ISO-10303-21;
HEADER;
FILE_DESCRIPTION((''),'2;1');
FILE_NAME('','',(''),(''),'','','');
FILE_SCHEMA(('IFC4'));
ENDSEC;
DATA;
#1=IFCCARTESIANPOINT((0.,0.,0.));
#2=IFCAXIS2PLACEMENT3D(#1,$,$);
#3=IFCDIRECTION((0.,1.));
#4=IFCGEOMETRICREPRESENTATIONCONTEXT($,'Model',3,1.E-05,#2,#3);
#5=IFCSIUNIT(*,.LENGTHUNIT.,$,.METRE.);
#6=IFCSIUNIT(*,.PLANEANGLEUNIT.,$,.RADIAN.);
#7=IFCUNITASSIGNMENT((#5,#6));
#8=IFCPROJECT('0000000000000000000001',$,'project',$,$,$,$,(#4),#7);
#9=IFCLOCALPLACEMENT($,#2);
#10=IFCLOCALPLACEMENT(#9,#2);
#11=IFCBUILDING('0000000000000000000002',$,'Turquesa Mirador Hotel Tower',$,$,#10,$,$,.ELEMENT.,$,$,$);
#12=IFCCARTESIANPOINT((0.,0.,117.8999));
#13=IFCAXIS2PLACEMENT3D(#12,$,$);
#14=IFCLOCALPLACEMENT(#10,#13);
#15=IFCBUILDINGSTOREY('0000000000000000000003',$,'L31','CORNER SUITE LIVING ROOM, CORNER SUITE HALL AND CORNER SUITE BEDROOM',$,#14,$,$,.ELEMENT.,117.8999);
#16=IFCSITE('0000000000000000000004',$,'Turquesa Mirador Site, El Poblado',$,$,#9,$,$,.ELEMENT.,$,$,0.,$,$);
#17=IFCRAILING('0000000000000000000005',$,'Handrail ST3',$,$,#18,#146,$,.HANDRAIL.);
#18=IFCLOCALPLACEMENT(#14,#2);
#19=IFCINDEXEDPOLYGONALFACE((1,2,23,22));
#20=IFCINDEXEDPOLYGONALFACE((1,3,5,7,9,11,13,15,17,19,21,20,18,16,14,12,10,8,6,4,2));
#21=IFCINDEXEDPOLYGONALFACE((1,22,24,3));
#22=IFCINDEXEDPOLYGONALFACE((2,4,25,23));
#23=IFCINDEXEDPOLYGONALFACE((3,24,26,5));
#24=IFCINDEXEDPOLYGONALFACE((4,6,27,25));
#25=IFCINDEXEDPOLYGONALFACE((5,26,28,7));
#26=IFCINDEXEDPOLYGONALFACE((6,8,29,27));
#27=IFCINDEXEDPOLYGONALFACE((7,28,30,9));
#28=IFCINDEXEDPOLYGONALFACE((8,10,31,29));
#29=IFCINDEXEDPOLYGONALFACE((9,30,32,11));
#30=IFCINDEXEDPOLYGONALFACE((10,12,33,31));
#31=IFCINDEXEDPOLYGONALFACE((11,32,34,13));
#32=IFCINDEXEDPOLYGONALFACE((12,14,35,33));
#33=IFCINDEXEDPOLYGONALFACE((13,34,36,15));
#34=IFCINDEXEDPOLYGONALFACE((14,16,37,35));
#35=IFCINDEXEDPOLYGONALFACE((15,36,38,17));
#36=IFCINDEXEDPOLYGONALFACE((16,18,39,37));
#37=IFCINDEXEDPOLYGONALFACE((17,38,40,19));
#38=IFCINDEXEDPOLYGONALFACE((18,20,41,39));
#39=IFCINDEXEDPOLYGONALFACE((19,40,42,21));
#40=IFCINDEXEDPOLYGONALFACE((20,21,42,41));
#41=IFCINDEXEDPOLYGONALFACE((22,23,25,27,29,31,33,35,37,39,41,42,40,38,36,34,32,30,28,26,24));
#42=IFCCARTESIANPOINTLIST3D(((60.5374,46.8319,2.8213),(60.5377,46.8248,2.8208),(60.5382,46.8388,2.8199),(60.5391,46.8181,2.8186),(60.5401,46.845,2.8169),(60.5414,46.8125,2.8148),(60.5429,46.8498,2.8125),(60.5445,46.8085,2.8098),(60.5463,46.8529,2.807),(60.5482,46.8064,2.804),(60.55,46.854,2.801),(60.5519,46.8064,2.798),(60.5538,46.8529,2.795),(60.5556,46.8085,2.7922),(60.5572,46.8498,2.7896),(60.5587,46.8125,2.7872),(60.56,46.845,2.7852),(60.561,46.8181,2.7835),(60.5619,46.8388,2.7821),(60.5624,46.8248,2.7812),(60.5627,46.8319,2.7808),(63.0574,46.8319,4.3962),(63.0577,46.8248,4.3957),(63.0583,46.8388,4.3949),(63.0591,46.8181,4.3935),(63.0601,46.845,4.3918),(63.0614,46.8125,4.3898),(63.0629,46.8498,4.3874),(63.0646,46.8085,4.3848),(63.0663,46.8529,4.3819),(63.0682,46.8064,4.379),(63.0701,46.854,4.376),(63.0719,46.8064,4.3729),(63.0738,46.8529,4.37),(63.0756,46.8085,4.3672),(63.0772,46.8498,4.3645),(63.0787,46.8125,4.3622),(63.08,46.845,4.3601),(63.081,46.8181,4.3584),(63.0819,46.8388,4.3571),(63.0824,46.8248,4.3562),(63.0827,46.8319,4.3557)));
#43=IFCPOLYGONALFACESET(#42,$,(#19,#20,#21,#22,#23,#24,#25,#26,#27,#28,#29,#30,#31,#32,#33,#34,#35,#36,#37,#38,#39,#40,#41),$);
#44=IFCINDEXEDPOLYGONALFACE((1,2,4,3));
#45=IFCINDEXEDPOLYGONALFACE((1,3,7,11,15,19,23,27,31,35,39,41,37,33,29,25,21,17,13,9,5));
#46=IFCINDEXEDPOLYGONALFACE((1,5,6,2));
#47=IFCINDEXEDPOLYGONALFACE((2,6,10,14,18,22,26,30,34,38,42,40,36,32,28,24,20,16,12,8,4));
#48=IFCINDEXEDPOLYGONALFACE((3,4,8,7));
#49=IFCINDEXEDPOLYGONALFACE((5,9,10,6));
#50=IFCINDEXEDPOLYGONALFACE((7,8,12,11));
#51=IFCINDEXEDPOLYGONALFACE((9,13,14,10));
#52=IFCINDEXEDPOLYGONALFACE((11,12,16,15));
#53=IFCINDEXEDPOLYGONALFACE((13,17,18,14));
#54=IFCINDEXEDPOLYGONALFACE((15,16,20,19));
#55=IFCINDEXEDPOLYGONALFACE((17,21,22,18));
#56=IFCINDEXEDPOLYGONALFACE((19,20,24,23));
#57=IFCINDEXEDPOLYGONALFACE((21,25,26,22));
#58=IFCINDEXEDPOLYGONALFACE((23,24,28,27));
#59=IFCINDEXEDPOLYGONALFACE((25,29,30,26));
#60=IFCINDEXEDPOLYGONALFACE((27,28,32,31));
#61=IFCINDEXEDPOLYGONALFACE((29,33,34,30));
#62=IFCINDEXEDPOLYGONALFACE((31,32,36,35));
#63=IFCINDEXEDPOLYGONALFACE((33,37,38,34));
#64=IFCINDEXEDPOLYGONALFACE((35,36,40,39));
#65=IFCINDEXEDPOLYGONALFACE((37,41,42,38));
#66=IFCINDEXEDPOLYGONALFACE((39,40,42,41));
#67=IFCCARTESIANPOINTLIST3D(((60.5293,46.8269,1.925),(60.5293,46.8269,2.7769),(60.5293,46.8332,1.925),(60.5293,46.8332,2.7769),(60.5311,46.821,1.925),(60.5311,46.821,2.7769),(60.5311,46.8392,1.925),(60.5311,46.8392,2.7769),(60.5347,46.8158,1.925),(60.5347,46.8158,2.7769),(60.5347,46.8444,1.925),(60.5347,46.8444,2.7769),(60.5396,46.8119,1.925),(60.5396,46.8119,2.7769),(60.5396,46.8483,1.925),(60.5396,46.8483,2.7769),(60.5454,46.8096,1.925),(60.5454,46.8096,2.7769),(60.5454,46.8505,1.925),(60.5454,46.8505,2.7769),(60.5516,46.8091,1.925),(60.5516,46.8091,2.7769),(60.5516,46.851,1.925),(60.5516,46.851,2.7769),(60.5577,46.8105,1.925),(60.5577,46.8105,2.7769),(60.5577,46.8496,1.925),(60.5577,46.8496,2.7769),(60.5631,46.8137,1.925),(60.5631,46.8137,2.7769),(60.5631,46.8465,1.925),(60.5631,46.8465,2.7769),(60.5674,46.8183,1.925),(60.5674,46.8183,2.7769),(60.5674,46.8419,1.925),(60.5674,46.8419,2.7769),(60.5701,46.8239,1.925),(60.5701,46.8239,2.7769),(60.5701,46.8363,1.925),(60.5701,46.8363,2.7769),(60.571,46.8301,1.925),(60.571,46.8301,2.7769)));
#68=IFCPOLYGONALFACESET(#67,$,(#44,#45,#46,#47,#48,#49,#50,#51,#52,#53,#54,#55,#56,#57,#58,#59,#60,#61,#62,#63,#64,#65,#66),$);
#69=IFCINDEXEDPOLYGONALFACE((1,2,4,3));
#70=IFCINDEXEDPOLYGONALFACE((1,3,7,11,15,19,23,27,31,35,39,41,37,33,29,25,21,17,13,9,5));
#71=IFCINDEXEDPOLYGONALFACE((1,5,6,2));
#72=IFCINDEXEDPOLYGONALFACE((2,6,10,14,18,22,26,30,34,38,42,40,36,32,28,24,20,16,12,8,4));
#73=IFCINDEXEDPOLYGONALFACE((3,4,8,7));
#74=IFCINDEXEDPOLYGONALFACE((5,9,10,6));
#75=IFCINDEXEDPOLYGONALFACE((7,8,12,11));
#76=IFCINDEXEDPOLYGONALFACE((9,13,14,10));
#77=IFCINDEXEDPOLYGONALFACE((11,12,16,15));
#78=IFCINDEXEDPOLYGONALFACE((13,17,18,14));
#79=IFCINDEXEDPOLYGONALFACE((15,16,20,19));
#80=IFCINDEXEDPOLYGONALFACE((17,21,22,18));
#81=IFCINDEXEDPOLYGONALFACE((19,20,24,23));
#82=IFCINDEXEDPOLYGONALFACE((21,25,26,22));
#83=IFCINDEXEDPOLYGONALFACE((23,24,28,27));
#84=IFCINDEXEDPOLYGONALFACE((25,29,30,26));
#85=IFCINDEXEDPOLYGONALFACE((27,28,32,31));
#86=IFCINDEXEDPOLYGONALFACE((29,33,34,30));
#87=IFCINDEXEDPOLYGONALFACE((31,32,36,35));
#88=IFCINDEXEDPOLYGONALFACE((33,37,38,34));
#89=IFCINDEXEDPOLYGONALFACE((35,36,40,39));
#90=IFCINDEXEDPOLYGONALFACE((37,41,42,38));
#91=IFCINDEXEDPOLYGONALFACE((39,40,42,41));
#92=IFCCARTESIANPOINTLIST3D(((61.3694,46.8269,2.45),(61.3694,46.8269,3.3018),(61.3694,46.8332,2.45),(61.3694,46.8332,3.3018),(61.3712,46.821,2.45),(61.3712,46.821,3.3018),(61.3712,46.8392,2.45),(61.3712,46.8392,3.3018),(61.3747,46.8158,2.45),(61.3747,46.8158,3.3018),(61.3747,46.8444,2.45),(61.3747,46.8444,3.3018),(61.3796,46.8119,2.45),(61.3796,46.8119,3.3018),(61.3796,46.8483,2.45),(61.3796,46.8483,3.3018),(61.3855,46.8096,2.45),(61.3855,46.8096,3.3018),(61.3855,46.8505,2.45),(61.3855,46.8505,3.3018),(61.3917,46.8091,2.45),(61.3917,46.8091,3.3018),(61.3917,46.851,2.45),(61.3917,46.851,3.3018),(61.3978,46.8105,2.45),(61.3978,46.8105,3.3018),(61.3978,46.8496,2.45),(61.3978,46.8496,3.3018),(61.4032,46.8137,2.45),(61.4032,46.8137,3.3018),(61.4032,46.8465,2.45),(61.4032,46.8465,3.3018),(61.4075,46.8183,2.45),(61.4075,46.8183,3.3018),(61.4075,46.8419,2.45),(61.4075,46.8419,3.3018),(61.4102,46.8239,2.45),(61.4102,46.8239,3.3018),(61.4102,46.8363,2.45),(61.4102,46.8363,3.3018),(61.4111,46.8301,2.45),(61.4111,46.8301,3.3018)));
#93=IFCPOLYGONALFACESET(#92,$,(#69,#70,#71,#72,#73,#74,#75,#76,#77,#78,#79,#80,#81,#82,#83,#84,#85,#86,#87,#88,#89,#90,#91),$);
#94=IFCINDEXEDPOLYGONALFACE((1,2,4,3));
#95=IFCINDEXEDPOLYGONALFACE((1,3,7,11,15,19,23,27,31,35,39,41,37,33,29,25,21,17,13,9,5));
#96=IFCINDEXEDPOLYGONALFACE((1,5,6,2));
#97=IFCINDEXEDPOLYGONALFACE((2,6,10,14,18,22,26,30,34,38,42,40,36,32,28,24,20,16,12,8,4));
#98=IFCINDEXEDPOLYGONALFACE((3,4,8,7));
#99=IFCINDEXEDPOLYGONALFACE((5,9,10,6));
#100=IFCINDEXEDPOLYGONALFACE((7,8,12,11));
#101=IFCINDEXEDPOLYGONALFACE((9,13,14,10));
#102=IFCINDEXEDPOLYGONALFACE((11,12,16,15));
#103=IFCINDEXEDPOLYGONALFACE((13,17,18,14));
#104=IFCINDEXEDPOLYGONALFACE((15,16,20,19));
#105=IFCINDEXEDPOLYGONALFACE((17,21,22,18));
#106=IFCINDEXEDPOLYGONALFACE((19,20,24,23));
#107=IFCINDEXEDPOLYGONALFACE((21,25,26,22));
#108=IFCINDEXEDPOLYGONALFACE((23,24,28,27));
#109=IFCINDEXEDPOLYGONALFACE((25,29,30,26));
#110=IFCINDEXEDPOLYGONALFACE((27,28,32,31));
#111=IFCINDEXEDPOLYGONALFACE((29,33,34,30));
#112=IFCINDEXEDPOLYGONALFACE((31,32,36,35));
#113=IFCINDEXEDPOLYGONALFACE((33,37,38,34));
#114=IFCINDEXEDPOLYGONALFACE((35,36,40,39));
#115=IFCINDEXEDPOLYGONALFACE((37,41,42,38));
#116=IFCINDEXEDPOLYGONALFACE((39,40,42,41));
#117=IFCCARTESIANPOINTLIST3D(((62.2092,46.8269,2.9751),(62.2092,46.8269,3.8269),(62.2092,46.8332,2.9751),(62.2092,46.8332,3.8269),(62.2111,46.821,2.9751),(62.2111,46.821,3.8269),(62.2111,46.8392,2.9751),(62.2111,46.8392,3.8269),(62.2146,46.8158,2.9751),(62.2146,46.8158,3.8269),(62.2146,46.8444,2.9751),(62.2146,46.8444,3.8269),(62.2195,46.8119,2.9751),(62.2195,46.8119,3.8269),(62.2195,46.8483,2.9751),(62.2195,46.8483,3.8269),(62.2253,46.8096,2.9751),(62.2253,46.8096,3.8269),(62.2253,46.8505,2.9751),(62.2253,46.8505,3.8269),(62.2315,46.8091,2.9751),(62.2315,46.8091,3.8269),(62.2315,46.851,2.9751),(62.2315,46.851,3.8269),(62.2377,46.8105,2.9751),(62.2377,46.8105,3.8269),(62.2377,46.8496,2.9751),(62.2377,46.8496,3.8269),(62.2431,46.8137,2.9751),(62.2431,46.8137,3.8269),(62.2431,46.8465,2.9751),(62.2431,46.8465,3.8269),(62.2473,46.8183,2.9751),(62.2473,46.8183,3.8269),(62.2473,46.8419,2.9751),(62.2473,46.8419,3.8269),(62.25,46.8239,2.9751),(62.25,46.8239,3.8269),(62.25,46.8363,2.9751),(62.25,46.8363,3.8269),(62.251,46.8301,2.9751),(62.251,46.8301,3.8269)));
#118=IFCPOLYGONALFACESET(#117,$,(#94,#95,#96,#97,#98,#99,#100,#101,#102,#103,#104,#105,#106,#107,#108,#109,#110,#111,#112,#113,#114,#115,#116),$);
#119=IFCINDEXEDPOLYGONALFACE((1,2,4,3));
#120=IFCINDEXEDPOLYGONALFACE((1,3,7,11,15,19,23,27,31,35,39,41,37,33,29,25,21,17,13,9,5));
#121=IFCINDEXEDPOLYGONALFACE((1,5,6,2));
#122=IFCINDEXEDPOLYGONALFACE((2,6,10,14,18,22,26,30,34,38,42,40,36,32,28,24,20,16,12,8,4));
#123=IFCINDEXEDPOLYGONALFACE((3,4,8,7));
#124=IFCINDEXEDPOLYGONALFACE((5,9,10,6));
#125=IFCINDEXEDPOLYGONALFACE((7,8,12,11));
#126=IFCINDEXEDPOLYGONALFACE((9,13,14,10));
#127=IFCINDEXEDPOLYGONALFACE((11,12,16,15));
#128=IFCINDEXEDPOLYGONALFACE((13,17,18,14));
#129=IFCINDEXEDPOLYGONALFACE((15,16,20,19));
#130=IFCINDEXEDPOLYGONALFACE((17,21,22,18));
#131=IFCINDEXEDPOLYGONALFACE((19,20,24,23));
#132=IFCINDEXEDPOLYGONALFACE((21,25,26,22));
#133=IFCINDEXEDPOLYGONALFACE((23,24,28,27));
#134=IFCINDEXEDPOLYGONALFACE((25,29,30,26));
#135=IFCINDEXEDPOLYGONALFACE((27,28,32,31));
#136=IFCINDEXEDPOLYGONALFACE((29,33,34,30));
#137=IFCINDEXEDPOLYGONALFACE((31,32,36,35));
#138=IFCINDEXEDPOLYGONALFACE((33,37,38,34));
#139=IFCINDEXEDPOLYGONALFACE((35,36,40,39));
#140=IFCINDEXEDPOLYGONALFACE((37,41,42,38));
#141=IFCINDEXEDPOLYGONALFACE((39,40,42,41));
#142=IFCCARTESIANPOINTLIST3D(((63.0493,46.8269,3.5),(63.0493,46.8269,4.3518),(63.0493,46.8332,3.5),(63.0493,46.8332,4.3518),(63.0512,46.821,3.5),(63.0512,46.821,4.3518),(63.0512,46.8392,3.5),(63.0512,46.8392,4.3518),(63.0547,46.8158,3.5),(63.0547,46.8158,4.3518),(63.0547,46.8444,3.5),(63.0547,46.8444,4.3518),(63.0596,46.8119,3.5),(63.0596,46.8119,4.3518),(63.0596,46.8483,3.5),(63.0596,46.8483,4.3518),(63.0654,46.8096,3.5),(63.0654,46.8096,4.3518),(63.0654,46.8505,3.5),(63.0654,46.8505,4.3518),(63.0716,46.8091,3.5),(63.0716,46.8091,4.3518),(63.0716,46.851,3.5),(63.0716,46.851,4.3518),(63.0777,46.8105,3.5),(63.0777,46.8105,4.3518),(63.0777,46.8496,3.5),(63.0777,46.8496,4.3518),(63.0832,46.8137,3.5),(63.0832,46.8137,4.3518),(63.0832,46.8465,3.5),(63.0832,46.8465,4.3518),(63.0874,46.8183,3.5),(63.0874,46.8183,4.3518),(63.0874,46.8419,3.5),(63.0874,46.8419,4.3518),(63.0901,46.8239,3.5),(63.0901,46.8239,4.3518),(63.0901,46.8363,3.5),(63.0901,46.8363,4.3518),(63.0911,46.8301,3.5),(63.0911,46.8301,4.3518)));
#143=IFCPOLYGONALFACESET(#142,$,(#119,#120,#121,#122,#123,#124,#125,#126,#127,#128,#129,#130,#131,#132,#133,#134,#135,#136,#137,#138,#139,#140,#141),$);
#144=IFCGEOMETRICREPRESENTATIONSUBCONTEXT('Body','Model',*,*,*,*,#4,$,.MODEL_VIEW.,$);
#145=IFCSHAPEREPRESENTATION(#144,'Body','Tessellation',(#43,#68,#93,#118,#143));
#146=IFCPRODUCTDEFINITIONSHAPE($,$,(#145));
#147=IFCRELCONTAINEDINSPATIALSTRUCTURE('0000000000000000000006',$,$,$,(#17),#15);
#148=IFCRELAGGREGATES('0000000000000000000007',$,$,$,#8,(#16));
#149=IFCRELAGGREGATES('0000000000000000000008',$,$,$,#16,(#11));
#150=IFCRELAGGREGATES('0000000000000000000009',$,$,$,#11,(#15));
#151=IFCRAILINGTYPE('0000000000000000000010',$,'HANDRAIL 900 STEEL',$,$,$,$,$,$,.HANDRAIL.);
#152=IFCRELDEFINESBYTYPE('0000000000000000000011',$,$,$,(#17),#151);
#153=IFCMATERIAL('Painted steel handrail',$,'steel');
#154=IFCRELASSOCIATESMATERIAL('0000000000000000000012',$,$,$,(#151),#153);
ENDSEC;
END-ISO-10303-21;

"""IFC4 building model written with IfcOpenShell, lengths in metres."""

from ifc_helpers import new_model, si_unit, direction, frame, origin, origin_2d, place, context, subcontext, project, spatial, circle, extrude, material, type_object, element, save


model = new_model("IFC4")

# Units and contexts
model_context = context("Model", 3, precision=1e-05, world=origin(), true_north=direction((0.0, 1.0)))
body_context = subcontext(model_context, "Body", "Model", "MODEL_VIEW")
ifc_project = project(units=[si_unit("LENGTHUNIT", "METRE"), si_unit("PLANEANGLEUNIT", "RADIAN")], contexts=[model_context])

# Site, building, storey
site_placement = place(None, origin())
site = spatial("IfcSite", under=ifc_project, at=site_placement, Name="Turquesa Mirador Site, El Poblado", CompositionType="ELEMENT", RefElevation=0.0)
building_placement = place(site_placement, origin())
building = spatial("IfcBuilding", under=site, at=building_placement, Name="Turquesa Mirador Hotel Tower", CompositionType="ELEMENT")
storey_placement = place(building_placement, frame((0.0, 0.0, 117.8999)))
storey = spatial("IfcBuildingStorey", under=building, at=storey_placement, Name="L31", Description="CORNER SUITE LIVING ROOM, CORNER SUITE HALL AND CORNER SUITE BEDROOM", CompositionType="ELEMENT", Elevation=117.8999)

# Railing
ifc_material_1 = material(Name="Painted steel handrail", Category="steel")
railing_type = type_object("IfcRailingType", Name="HANDRAIL 900 STEEL", PredefinedType="HANDRAIL", material=ifc_material_1)
railing_1_placement = place(storey_placement, frame((60.55, 46.8301, 1.925)))
element("IfcRailing", 1, at=railing_1_placement, inside=storey, type_object=railing_type, Name="Handrail ST3", PredefinedType="HANDRAIL", context=body_context, shape_type="SweptSolid", body=[
    extrude(circle(Radius=0.0239, at=origin_2d()), frame((0.0, 0.0, 0.876), z_axis=(0.848008, 0.0, 0.529984), x_axis=(0.0, 1.0, 0.0)), (0.0, 0.0, 1.0), 2.9717),
    extrude(circle(Radius=0.021, at=origin_2d()), origin(), (0.0, 0.0, 1.0), 0.8518),
    extrude(circle(Radius=0.021, at=origin_2d()), frame((0.8401, 0.0, 0.5249)), (0.0, 0.0, 1.0), 0.8518),
    extrude(circle(Radius=0.021, at=origin_2d()), frame((1.6799, 0.0, 1.05)), (0.0, 0.0, 1.0), 0.8518),
    extrude(circle(Radius=0.021, at=origin_2d()), frame((2.52, 0.0, 1.575)), (0.0, 0.0, 1.0), 0.8518),
])

save(model, "model.ifc")
